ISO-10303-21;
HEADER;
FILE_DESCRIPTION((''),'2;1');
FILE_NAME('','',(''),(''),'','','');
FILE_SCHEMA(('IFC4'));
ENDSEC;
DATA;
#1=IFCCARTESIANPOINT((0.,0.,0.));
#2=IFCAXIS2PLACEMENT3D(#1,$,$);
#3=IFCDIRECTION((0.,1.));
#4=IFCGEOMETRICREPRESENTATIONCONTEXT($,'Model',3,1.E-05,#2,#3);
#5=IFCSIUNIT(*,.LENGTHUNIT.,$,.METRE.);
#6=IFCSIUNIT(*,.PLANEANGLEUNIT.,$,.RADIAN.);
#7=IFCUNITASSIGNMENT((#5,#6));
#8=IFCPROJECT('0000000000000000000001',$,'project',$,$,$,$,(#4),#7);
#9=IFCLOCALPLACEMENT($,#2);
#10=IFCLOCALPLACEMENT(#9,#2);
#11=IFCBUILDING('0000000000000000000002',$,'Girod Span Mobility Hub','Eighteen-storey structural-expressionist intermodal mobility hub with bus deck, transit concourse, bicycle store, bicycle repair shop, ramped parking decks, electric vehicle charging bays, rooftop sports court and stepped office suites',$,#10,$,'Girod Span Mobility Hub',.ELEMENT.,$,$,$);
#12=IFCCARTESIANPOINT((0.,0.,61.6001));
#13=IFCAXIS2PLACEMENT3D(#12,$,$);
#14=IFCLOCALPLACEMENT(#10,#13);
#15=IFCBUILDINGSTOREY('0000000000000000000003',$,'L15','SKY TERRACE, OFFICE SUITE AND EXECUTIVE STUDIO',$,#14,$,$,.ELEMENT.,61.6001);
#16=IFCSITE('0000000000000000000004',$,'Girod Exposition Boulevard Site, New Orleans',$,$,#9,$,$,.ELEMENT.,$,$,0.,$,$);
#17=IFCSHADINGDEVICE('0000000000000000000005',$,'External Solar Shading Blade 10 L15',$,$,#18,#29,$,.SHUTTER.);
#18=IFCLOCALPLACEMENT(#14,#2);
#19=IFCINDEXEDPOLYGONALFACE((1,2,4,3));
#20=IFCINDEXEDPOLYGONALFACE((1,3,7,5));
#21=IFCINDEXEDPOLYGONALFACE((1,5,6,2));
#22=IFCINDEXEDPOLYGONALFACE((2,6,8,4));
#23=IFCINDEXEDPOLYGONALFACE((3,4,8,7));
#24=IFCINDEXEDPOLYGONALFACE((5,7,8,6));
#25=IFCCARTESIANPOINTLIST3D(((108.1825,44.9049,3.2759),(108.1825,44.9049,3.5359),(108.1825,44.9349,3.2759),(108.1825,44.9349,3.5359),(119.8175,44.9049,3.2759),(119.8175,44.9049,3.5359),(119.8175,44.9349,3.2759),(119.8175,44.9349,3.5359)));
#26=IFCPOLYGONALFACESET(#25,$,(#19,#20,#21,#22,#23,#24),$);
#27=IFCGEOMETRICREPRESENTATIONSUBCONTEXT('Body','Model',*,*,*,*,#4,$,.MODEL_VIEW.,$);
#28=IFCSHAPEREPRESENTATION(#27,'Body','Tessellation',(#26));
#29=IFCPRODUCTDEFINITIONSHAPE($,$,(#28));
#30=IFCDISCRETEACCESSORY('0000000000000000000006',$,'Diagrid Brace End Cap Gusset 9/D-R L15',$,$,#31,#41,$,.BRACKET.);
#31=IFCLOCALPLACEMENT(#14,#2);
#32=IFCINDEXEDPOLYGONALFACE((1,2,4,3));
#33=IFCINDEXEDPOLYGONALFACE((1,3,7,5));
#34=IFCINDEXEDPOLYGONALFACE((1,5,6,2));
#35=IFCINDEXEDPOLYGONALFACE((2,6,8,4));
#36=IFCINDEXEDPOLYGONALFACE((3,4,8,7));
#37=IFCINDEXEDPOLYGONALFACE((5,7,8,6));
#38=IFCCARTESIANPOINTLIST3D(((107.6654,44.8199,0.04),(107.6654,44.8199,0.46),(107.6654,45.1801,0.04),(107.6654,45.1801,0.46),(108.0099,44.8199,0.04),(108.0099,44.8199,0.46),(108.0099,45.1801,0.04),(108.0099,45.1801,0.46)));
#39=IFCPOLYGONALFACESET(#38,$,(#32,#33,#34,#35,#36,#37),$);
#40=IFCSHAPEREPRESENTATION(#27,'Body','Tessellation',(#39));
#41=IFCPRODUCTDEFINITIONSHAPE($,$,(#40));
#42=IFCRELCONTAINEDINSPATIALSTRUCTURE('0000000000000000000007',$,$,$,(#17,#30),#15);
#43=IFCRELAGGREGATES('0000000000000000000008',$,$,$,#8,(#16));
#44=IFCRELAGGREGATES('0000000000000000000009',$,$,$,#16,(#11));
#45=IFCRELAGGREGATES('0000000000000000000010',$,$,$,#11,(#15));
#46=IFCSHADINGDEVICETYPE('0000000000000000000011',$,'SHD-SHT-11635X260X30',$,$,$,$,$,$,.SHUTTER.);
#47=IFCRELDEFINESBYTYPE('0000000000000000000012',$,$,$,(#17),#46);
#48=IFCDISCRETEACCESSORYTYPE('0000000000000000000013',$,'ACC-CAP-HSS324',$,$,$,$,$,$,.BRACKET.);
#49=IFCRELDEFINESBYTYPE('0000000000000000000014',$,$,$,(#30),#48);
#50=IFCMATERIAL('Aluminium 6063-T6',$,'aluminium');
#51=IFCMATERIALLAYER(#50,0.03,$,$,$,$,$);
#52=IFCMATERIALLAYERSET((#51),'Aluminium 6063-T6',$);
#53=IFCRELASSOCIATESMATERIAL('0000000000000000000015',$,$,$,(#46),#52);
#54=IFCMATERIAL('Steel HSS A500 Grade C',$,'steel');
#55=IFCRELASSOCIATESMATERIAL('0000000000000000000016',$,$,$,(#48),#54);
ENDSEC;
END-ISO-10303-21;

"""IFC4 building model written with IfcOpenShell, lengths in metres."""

from ifc_helpers import new_model, si_unit, direction, frame, origin, origin_2d, place, context, subcontext, project, spatial, rectangle, extrude, material, layer, layer_set, type_object, element, save


model = new_model("IFC4")

# Units and contexts
model_context = context("Model", 3, precision=1e-05, world=origin(), true_north=direction((0.0, 1.0)))
body_context = subcontext(model_context, "Body", "Model", "MODEL_VIEW")
ifc_project = project(units=[si_unit("LENGTHUNIT", "METRE"), si_unit("PLANEANGLEUNIT", "RADIAN")], contexts=[model_context])

# Site, building, storey
site_placement = place(None, origin())
site = spatial("IfcSite", under=ifc_project, at=site_placement, Name="Girod Exposition Boulevard Site, New Orleans", CompositionType="ELEMENT", RefElevation=0.0)
building_placement = place(site_placement, origin())
building = spatial("IfcBuilding", under=site, at=building_placement, Name="Girod Span Mobility Hub", Description="Eighteen-storey structural-expressionist intermodal mobility hub with bus deck, transit concourse, bicycle store, bicycle repair shop, ramped parking decks, electric vehicle charging bays, rooftop sports court and stepped office suites", LongName="Girod Span Mobility Hub", CompositionType="ELEMENT")
storey_placement = place(building_placement, frame((0.0, 0.0, 61.6001)))
storey = spatial("IfcBuildingStorey", under=building, at=storey_placement, Name="L15", Description="SKY TERRACE, OFFICE SUITE AND EXECUTIVE STUDIO", CompositionType="ELEMENT", Elevation=61.6001)

# Shading device
ifc_material_1 = material(Name="Aluminium 6063-T6", Category="aluminium")
ifc_layer_1 = layer(ifc_material_1, 0.03)
ifc_layer_set_1 = layer_set([ifc_layer_1], Name="Aluminium 6063-T6")
shading_device_type = type_object("IfcShadingDeviceType", Name="SHD-SHT-11635X260X30", PredefinedType="SHUTTER", material=ifc_layer_set_1)
shading_device_placement = place(storey_placement, frame((114.0, 44.9199, 3.2759), z_axis=(0.0, 0.0, 1.0), x_axis=(1.0, 0.0, 0.0)))
element("IfcShadingDevice", 1, at=shading_device_placement, inside=storey, type_object=shading_device_type, Name="External Solar Shading Blade 10 L15", PredefinedType="SHUTTER", context=body_context, shape_type="SweptSolid", body=[
    extrude(rectangle(XDim=11.635, YDim=0.03, at=origin_2d()), origin(), (0.0, 0.0, 1.0), 0.26),
])

# Discrete accessory
ifc_material_2 = material(Name="Steel HSS A500 Grade C", Category="steel")
discrete_accessory_type = type_object("IfcDiscreteAccessoryType", Name="ACC-CAP-HSS324", PredefinedType="BRACKET", material=ifc_material_2)
discrete_accessory_placement = place(storey_placement, frame((107.8376, 45.0, 0.04), z_axis=(0.0, 0.0, 1.0), x_axis=(1.0, 0.0, 0.0)))
element("IfcDiscreteAccessory", 2, at=discrete_accessory_placement, inside=storey, type_object=discrete_accessory_type, Name="Diagrid Brace End Cap Gusset 9/D-R L15", PredefinedType="BRACKET", context=body_context, shape_type="SweptSolid", body=[
    extrude(rectangle(XDim=0.3445, YDim=0.3601, at=origin_2d()), origin(), (0.0, 0.0, 1.0), 0.4199),
])

save(model, "model.ifc")
